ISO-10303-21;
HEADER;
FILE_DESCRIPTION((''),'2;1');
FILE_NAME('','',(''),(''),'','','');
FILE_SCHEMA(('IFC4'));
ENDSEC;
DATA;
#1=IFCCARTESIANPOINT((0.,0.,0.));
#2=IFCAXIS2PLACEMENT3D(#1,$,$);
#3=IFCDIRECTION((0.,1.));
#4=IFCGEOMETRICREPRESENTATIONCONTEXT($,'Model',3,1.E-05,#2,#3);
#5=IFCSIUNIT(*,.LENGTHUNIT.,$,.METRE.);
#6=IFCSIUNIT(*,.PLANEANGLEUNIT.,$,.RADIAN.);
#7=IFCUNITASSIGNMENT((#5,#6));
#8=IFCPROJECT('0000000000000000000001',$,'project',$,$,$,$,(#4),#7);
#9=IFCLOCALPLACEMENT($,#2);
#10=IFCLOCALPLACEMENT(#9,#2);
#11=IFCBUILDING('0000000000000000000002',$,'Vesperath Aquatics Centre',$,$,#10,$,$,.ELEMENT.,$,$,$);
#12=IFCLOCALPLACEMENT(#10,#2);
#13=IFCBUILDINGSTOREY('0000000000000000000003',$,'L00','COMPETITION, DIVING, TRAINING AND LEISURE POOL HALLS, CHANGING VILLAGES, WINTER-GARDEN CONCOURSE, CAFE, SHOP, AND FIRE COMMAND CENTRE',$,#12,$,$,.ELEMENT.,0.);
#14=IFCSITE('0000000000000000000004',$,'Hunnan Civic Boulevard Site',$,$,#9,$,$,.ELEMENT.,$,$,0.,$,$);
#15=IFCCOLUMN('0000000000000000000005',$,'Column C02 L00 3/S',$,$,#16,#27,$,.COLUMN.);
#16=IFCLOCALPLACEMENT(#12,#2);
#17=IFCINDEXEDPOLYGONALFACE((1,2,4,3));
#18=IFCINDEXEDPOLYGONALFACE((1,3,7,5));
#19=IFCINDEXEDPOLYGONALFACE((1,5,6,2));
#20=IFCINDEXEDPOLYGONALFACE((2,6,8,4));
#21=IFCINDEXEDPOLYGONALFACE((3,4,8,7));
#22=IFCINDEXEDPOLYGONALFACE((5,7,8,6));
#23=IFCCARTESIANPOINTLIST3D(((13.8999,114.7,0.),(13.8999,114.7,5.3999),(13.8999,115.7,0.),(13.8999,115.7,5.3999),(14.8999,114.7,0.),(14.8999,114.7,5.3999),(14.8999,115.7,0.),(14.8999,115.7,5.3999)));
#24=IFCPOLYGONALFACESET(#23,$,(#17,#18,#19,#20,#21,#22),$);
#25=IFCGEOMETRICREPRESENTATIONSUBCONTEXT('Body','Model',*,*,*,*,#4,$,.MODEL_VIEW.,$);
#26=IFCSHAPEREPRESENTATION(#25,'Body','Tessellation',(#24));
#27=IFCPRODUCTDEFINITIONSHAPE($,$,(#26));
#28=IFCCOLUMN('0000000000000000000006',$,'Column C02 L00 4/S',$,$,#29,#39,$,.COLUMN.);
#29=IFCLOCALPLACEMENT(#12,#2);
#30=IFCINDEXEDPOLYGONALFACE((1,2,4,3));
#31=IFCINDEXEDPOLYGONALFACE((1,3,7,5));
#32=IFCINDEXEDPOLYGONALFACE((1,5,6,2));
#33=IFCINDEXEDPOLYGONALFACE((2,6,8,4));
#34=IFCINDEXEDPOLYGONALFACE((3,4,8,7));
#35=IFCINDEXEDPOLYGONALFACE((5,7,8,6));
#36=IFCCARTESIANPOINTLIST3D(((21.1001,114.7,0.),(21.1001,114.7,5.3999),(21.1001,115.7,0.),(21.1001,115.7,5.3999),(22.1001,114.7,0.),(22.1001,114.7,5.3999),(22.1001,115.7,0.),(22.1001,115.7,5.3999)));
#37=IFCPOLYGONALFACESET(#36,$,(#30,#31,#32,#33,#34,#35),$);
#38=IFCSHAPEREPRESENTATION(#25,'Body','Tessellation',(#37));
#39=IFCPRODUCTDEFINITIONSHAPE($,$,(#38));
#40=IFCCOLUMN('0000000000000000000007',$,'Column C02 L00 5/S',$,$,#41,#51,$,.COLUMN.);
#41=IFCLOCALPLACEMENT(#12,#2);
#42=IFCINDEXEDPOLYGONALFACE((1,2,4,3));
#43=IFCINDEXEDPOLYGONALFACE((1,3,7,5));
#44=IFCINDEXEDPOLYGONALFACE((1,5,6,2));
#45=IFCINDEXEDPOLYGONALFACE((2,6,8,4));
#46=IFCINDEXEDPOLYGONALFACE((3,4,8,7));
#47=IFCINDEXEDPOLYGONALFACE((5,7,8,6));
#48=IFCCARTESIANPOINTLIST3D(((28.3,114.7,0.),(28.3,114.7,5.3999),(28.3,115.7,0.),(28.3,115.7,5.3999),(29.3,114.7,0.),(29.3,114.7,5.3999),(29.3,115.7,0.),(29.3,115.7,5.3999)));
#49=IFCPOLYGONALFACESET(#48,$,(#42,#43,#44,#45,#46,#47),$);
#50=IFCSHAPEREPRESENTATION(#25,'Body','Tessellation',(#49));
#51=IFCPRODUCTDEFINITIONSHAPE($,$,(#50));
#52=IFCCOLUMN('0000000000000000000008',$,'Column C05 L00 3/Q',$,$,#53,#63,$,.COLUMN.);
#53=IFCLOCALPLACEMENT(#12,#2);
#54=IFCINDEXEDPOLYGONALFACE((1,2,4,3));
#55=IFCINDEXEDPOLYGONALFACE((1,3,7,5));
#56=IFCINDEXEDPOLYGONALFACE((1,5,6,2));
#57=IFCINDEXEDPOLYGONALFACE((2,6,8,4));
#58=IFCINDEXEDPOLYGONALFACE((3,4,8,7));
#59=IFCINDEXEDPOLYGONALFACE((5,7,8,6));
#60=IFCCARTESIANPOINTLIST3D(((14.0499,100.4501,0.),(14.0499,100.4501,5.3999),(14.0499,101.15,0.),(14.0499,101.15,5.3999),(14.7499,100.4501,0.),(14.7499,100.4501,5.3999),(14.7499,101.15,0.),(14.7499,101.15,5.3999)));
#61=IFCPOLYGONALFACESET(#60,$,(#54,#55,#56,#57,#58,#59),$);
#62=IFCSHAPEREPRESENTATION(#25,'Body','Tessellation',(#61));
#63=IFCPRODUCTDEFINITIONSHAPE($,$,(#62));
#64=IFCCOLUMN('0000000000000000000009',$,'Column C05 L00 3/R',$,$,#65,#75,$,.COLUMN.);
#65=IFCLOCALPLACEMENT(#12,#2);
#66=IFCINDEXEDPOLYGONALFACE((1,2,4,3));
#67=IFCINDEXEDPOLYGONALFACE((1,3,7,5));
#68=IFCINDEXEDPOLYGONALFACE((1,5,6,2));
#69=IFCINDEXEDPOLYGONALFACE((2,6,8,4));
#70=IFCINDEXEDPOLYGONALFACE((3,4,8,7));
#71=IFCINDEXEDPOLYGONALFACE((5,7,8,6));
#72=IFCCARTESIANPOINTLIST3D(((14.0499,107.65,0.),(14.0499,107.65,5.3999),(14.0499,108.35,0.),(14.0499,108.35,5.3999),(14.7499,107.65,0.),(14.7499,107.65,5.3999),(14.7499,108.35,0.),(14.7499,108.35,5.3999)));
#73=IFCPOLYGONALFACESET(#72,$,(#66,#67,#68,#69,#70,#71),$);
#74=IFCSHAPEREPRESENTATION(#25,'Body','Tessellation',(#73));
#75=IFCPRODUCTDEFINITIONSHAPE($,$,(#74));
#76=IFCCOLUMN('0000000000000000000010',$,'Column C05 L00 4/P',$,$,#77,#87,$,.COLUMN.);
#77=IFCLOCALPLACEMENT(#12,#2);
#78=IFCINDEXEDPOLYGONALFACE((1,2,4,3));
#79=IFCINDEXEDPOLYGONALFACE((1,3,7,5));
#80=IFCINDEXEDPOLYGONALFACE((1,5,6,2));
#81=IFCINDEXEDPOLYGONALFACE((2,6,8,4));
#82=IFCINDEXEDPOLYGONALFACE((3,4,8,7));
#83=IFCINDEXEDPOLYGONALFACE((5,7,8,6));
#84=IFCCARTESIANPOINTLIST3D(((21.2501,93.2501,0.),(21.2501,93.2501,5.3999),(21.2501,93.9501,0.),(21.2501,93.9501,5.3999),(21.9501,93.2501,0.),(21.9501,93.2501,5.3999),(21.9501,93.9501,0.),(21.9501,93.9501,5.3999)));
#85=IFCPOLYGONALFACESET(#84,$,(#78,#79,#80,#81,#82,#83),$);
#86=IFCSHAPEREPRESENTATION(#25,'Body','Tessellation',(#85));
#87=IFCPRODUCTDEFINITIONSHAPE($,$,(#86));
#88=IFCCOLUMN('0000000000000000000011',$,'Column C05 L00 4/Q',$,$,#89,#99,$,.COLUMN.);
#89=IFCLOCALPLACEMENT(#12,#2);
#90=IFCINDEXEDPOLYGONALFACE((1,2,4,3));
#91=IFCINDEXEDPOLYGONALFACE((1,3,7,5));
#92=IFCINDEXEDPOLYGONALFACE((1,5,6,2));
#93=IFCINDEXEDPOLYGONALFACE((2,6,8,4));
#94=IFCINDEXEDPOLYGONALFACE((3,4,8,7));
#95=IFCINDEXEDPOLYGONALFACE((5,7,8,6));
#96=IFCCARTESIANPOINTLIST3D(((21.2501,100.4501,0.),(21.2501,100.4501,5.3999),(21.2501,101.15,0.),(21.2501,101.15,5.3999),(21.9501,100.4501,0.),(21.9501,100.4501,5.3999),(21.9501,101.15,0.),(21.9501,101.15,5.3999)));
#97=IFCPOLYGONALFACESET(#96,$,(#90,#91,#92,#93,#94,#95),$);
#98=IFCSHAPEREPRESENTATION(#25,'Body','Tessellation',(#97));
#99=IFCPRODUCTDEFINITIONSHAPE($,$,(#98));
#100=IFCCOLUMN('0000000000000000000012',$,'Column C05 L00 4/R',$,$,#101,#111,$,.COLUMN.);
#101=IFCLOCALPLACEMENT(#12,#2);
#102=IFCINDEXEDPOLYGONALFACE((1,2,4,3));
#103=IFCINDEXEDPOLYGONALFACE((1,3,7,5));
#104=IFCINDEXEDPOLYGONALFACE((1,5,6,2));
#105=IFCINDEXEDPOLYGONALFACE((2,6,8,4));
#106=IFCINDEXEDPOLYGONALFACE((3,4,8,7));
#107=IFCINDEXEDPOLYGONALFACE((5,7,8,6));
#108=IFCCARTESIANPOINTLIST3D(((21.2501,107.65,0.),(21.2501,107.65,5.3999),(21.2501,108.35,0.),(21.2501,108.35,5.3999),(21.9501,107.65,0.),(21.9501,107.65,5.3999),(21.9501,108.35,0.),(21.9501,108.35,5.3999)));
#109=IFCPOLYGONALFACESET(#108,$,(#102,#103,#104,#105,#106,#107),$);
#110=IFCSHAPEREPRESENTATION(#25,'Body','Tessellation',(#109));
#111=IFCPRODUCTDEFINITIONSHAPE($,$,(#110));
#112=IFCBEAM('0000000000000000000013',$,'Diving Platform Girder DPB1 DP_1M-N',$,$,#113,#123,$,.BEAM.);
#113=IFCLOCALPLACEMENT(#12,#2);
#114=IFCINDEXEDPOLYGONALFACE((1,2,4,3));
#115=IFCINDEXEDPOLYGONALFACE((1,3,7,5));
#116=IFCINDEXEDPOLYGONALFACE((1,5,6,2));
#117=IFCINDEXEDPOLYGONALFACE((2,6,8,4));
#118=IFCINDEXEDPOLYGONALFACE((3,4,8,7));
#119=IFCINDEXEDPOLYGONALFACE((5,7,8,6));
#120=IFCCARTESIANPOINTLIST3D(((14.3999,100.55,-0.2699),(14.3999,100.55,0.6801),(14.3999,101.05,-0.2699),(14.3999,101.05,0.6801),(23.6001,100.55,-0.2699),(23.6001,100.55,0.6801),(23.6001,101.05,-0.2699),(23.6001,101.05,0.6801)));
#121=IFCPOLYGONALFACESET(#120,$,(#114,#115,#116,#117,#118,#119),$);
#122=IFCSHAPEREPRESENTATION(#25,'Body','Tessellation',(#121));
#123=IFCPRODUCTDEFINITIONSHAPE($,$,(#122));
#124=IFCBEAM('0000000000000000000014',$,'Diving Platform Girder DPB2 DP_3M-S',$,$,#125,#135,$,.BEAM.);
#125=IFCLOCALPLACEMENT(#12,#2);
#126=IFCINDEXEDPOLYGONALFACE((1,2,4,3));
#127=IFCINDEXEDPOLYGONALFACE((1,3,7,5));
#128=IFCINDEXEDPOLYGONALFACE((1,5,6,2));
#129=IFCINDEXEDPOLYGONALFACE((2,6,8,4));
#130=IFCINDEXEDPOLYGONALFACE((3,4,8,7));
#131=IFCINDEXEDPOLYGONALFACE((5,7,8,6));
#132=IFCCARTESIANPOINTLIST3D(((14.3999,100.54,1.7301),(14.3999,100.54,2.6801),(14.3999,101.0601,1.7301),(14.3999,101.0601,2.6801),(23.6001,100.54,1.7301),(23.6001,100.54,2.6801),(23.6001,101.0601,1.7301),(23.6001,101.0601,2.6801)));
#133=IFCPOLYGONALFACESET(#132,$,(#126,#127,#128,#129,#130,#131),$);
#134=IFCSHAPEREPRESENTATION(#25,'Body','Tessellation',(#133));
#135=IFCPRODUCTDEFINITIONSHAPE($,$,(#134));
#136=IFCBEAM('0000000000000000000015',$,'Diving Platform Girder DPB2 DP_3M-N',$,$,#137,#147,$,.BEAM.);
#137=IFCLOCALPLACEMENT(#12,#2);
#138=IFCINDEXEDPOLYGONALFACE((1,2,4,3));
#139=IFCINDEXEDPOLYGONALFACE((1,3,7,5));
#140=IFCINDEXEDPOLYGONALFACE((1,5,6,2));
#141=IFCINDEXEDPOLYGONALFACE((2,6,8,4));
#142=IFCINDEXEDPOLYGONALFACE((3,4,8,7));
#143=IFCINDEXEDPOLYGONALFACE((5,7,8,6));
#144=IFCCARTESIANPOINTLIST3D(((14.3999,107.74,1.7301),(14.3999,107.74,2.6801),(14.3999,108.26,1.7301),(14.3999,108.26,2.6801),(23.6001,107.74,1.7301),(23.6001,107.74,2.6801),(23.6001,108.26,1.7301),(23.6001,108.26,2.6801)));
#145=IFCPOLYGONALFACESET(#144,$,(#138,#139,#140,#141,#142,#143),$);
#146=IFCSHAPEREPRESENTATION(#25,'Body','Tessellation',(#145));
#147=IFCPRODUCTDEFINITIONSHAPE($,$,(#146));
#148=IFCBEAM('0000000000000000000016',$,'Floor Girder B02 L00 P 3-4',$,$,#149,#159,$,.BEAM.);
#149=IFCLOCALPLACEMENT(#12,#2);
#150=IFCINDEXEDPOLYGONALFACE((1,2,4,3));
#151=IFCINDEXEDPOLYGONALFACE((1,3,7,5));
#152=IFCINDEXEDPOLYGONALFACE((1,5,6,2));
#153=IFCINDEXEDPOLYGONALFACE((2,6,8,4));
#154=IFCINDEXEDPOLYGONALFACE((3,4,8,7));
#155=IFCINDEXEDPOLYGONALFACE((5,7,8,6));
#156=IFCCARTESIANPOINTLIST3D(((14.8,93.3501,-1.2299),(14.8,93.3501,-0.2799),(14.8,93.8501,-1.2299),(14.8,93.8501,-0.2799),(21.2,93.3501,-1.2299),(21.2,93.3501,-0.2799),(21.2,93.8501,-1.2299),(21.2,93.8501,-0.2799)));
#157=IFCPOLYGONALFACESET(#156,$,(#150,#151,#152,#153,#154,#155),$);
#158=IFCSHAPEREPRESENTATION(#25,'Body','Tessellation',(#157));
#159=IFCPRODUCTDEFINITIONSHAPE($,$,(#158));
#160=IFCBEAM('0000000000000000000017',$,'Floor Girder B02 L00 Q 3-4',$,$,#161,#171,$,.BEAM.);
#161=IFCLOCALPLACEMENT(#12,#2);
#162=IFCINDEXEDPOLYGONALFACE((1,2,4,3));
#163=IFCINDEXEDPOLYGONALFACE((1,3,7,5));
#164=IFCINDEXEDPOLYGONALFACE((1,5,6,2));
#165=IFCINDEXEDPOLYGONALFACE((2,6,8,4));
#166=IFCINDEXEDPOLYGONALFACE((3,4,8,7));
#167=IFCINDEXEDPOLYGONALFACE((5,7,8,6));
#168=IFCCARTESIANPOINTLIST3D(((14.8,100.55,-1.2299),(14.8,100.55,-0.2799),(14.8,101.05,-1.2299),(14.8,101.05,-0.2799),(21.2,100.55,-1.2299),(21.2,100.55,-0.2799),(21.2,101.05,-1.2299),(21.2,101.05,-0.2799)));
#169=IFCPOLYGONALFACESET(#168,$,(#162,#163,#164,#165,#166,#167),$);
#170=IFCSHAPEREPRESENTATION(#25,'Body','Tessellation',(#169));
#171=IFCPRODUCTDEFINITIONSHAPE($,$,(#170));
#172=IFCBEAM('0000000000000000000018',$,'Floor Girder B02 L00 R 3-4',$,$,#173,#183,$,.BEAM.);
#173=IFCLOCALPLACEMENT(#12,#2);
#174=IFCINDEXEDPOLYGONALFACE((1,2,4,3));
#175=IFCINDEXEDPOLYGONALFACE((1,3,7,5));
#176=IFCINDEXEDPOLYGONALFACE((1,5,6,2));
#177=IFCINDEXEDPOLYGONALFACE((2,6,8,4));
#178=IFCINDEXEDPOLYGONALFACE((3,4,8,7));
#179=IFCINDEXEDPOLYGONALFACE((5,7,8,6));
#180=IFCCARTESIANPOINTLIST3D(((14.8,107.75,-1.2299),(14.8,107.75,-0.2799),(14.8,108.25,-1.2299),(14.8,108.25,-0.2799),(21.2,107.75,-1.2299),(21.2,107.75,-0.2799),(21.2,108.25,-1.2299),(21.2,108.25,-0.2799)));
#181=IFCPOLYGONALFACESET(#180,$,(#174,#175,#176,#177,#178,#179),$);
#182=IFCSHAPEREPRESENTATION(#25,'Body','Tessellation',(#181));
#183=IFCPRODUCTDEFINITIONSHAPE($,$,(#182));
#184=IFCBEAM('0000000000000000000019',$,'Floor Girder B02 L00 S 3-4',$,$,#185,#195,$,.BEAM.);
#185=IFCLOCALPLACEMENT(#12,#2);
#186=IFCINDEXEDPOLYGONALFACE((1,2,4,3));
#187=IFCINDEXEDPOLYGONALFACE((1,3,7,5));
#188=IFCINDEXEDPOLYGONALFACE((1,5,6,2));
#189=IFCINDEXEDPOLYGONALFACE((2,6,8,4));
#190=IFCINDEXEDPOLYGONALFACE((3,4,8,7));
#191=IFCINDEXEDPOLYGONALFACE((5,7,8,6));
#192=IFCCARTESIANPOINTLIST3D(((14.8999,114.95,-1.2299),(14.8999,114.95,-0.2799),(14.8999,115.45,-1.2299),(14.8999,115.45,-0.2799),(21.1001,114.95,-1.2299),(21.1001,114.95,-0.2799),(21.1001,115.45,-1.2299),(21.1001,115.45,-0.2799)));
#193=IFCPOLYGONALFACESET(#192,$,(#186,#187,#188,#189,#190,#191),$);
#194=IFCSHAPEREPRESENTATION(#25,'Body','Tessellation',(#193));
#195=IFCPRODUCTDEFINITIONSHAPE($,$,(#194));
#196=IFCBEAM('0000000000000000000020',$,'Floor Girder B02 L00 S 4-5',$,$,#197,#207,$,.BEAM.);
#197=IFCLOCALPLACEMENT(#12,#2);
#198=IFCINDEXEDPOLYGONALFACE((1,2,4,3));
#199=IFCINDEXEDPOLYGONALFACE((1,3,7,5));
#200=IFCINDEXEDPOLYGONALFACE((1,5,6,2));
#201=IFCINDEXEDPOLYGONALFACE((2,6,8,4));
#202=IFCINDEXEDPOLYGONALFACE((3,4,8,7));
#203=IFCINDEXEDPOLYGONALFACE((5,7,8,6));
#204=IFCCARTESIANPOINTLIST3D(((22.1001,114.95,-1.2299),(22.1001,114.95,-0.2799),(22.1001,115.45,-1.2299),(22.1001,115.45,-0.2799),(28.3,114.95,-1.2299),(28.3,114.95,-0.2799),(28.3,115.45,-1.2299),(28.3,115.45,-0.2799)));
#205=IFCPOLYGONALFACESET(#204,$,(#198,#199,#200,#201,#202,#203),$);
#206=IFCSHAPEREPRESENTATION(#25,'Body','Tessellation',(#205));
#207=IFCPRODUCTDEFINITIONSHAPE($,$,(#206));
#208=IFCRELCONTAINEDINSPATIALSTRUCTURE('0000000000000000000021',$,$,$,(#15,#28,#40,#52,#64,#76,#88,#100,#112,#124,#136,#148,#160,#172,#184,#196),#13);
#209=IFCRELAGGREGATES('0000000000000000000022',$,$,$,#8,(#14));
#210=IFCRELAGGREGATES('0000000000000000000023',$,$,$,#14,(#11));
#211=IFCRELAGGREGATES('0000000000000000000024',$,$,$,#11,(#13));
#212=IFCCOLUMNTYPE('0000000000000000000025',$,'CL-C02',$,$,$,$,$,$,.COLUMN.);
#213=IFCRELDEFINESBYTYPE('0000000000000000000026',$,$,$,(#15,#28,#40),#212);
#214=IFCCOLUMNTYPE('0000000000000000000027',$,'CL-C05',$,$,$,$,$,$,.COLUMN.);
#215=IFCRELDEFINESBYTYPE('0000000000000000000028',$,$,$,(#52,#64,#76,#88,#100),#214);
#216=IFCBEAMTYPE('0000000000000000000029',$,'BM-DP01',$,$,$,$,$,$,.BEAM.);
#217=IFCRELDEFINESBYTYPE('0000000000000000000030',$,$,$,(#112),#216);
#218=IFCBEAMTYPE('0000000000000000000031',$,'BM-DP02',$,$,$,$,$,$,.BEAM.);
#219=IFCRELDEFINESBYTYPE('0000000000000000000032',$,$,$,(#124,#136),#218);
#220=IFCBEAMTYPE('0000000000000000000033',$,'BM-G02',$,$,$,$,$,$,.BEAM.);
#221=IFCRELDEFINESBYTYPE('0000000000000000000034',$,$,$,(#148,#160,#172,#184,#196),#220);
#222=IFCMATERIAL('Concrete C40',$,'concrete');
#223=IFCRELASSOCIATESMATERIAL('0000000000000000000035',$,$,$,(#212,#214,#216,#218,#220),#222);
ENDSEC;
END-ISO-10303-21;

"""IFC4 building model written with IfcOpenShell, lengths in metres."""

from ifc_helpers import new_model, si_unit, direction, frame, origin, origin_2d, place, context, subcontext, project, spatial, rectangle, extrude, material, material_profile, profile_set, type_object, element, save


model = new_model("IFC4")

# Units and contexts
model_context = context("Model", 3, precision=1e-05, world=origin(), true_north=direction((0.0, 1.0)))
body_context = subcontext(model_context, "Body", "Model", "MODEL_VIEW")
ifc_project = project(units=[si_unit("LENGTHUNIT", "METRE"), si_unit("PLANEANGLEUNIT", "RADIAN")], contexts=[model_context])

# Site, building, storey
site_placement = place(None, origin())
site = spatial("IfcSite", under=ifc_project, at=site_placement, Name="Hunnan Civic Boulevard Site", CompositionType="ELEMENT", RefElevation=0.0)
building_placement = place(site_placement, origin())
building = spatial("IfcBuilding", under=site, at=building_placement, Name="Vesperath Aquatics Centre", CompositionType="ELEMENT")
storey_placement = place(building_placement, origin())
storey = spatial("IfcBuildingStorey", under=building, at=storey_placement, Name="L00", Description="COMPETITION, DIVING, TRAINING AND LEISURE POOL HALLS, CHANGING VILLAGES, WINTER-GARDEN CONCOURSE, CAFE, SHOP, AND FIRE COMMAND CENTRE", CompositionType="ELEMENT", Elevation=0.0)

# Columns
ifc_material_1 = material(Name="Concrete C40", Category="concrete")
ifc_material_profile_1 = material_profile(ifc_material_1, rectangle(XDim=1.0, YDim=1.0, at=origin_2d()), Name="RC 1000x1000")
ifc_profile_set_1 = profile_set([ifc_material_profile_1], Name="Concrete C40")
column_type_1 = type_object("IfcColumnType", Name="CL-C02", PredefinedType="COLUMN", material=ifc_profile_set_1)
for number, where, z_axis, x_axis, name in (
    (1, (14.3999, 115.2, 0.0), (0.0, 0.0, 1.0), (1.0, 0.0, 0.0), "Column C02 L00 3/S"),
    (2, (21.6001, 115.2, 0.0), (0.0, 0.0, 1.0), (1.0, 0.0, 0.0), "Column C02 L00 4/S"),
    (3, (28.8, 115.2, 0.0), (0.0, 0.0, 1.0), (1.0, 0.0, 0.0), "Column C02 L00 5/S"),
):
    element("IfcColumn", number, at=place(storey_placement, frame(where, z_axis=z_axis, x_axis=x_axis)), inside=storey, type_object=column_type_1, Name=name, PredefinedType="COLUMN", context=body_context, shape_type="SweptSolid", body=[
        extrude(rectangle(XDim=1.0, YDim=1.0, at=origin_2d()), origin(), (0.0, 0.0, 1.0), 5.3999),
    ])
ifc_material_profile_2 = material_profile(ifc_material_1, rectangle(XDim=0.7, YDim=0.7, at=origin_2d()), Name="RC 700x700")
ifc_profile_set_2 = profile_set([ifc_material_profile_2], Name="Concrete C40")
column_type_2 = type_object("IfcColumnType", Name="CL-C05", PredefinedType="COLUMN", material=ifc_profile_set_2)
for number, where, z_axis, x_axis, name in (
    (4, (14.3999, 100.8, 0.0), (0.0, 0.0, 1.0), (1.0, 0.0, 0.0), "Column C05 L00 3/Q"),
    (5, (14.3999, 108.0, 0.0), (0.0, 0.0, 1.0), (1.0, 0.0, 0.0), "Column C05 L00 3/R"),
    (6, (21.6001, 93.6001, 0.0), (0.0, 0.0, 1.0), (1.0, 0.0, 0.0), "Column C05 L00 4/P"),
    (7, (21.6001, 100.8, 0.0), (0.0, 0.0, 1.0), (1.0, 0.0, 0.0), "Column C05 L00 4/Q"),
    (8, (21.6001, 108.0, 0.0), (0.0, 0.0, 1.0), (1.0, 0.0, 0.0), "Column C05 L00 4/R"),
):
    element("IfcColumn", number, at=place(storey_placement, frame(where, z_axis=z_axis, x_axis=x_axis)), inside=storey, type_object=column_type_2, Name=name, PredefinedType="COLUMN", context=body_context, shape_type="SweptSolid", body=[
        extrude(rectangle(XDim=0.7, YDim=0.7, at=origin_2d()), origin(), (0.0, 0.0, 1.0), 5.3999),
    ])

# Beams
ifc_material_profile_3 = material_profile(ifc_material_1, rectangle(XDim=0.5, YDim=0.95, at=origin_2d()), Name="RC 500x950")
ifc_profile_set_3 = profile_set([ifc_material_profile_3], Name="Concrete C40")
beam_type_1 = type_object("IfcBeamType", Name="BM-DP01", PredefinedType="BEAM", material=ifc_profile_set_3)
beam_1_placement = place(storey_placement, frame((14.3999, 100.8, 0.2051), z_axis=(1.0, 0.0, 0.0), x_axis=(0.0, 1.0, 0.0)))
element("IfcBeam", 9, at=beam_1_placement, inside=storey, type_object=beam_type_1, Name="Diving Platform Girder DPB1 DP_1M-N", PredefinedType="BEAM", context=body_context, shape_type="SweptSolid", body=[
    extrude(rectangle(XDim=0.5, YDim=0.95, at=origin_2d()), origin(), (0.0, 0.0, 1.0), 9.2002),
])
ifc_material_profile_4 = material_profile(ifc_material_1, rectangle(XDim=0.52, YDim=0.95, at=origin_2d()), Name="RC 520x950")
ifc_profile_set_4 = profile_set([ifc_material_profile_4], Name="Concrete C40")
beam_type_2 = type_object("IfcBeamType", Name="BM-DP02", PredefinedType="BEAM", material=ifc_profile_set_4)
for number, where, z_axis, x_axis, name in (
    (10, (14.3999, 100.8, 2.2051), (1.0, 0.0, 0.0), (0.0, 1.0, 0.0), "Diving Platform Girder DPB2 DP_3M-S"),
    (11, (14.3999, 108.0, 2.2051), (1.0, 0.0, 0.0), (0.0, 1.0, 0.0), "Diving Platform Girder DPB2 DP_3M-N"),
):
    element("IfcBeam", number, at=place(storey_placement, frame(where, z_axis=z_axis, x_axis=x_axis)), inside=storey, type_object=beam_type_2, Name=name, PredefinedType="BEAM", context=body_context, shape_type="SweptSolid", body=[
        extrude(rectangle(XDim=0.52, YDim=0.95, at=origin_2d()), origin(), (0.0, 0.0, 1.0), 9.2002),
    ])
ifc_material_profile_5 = material_profile(ifc_material_1, rectangle(XDim=0.5, YDim=0.95, at=origin_2d()), Name="RC 500x950")
ifc_profile_set_5 = profile_set([ifc_material_profile_5], Name="Concrete C40")
beam_type_3 = type_object("IfcBeamType", Name="BM-G02", PredefinedType="BEAM", material=ifc_profile_set_5)
for number, where, z_axis, x_axis, name in (
    (12, (14.8, 93.6001, -0.7549), (1.0, 0.0, 0.0), (0.0, 1.0, 0.0), "Floor Girder B02 L00 P 3-4"),
    (13, (14.8, 100.8, -0.7549), (1.0, 0.0, 0.0), (0.0, 1.0, 0.0), "Floor Girder B02 L00 Q 3-4"),
    (14, (14.8, 108.0, -0.7549), (1.0, 0.0, 0.0), (0.0, 1.0, 0.0), "Floor Girder B02 L00 R 3-4"),
):
    element("IfcBeam", number, at=place(storey_placement, frame(where, z_axis=z_axis, x_axis=x_axis)), inside=storey, type_object=beam_type_3, Name=name, PredefinedType="BEAM", context=body_context, shape_type="SweptSolid", body=[
        extrude(rectangle(XDim=0.5, YDim=0.95, at=origin_2d()), origin(), (0.0, 0.0, 1.0), 6.3999),
    ])
beam_2_placement = place(storey_placement, frame((14.8999, 115.2, -0.7549), z_axis=(1.0, 0.0, 0.0), x_axis=(0.0, 1.0, 0.0)))
element("IfcBeam", 15, at=beam_2_placement, inside=storey, type_object=beam_type_3, Name="Floor Girder B02 L00 S 3-4", PredefinedType="BEAM", context=body_context, shape_type="SweptSolid", body=[
    extrude(rectangle(XDim=0.5, YDim=0.95, at=origin_2d()), origin(), (0.0, 0.0, 1.0), 6.2002),
])
for number, where, z_axis, x_axis, name in (
    (16, (22.1001, 115.2, -0.7549), (1.0, 0.0, 0.0), (0.0, 1.0, 0.0), "Floor Girder B02 L00 S 4-5"),
):
    element("IfcBeam", number, at=place(storey_placement, frame(where, z_axis=z_axis, x_axis=x_axis)), inside=storey, type_object=beam_type_3, Name=name, PredefinedType="BEAM", context=body_context, shape_type="SweptSolid", body=[
        extrude(rectangle(XDim=0.5, YDim=0.95, at=origin_2d()), origin(), (0.0, 0.0, 1.0), 6.2),
    ])

save(model, "model.ifc")
